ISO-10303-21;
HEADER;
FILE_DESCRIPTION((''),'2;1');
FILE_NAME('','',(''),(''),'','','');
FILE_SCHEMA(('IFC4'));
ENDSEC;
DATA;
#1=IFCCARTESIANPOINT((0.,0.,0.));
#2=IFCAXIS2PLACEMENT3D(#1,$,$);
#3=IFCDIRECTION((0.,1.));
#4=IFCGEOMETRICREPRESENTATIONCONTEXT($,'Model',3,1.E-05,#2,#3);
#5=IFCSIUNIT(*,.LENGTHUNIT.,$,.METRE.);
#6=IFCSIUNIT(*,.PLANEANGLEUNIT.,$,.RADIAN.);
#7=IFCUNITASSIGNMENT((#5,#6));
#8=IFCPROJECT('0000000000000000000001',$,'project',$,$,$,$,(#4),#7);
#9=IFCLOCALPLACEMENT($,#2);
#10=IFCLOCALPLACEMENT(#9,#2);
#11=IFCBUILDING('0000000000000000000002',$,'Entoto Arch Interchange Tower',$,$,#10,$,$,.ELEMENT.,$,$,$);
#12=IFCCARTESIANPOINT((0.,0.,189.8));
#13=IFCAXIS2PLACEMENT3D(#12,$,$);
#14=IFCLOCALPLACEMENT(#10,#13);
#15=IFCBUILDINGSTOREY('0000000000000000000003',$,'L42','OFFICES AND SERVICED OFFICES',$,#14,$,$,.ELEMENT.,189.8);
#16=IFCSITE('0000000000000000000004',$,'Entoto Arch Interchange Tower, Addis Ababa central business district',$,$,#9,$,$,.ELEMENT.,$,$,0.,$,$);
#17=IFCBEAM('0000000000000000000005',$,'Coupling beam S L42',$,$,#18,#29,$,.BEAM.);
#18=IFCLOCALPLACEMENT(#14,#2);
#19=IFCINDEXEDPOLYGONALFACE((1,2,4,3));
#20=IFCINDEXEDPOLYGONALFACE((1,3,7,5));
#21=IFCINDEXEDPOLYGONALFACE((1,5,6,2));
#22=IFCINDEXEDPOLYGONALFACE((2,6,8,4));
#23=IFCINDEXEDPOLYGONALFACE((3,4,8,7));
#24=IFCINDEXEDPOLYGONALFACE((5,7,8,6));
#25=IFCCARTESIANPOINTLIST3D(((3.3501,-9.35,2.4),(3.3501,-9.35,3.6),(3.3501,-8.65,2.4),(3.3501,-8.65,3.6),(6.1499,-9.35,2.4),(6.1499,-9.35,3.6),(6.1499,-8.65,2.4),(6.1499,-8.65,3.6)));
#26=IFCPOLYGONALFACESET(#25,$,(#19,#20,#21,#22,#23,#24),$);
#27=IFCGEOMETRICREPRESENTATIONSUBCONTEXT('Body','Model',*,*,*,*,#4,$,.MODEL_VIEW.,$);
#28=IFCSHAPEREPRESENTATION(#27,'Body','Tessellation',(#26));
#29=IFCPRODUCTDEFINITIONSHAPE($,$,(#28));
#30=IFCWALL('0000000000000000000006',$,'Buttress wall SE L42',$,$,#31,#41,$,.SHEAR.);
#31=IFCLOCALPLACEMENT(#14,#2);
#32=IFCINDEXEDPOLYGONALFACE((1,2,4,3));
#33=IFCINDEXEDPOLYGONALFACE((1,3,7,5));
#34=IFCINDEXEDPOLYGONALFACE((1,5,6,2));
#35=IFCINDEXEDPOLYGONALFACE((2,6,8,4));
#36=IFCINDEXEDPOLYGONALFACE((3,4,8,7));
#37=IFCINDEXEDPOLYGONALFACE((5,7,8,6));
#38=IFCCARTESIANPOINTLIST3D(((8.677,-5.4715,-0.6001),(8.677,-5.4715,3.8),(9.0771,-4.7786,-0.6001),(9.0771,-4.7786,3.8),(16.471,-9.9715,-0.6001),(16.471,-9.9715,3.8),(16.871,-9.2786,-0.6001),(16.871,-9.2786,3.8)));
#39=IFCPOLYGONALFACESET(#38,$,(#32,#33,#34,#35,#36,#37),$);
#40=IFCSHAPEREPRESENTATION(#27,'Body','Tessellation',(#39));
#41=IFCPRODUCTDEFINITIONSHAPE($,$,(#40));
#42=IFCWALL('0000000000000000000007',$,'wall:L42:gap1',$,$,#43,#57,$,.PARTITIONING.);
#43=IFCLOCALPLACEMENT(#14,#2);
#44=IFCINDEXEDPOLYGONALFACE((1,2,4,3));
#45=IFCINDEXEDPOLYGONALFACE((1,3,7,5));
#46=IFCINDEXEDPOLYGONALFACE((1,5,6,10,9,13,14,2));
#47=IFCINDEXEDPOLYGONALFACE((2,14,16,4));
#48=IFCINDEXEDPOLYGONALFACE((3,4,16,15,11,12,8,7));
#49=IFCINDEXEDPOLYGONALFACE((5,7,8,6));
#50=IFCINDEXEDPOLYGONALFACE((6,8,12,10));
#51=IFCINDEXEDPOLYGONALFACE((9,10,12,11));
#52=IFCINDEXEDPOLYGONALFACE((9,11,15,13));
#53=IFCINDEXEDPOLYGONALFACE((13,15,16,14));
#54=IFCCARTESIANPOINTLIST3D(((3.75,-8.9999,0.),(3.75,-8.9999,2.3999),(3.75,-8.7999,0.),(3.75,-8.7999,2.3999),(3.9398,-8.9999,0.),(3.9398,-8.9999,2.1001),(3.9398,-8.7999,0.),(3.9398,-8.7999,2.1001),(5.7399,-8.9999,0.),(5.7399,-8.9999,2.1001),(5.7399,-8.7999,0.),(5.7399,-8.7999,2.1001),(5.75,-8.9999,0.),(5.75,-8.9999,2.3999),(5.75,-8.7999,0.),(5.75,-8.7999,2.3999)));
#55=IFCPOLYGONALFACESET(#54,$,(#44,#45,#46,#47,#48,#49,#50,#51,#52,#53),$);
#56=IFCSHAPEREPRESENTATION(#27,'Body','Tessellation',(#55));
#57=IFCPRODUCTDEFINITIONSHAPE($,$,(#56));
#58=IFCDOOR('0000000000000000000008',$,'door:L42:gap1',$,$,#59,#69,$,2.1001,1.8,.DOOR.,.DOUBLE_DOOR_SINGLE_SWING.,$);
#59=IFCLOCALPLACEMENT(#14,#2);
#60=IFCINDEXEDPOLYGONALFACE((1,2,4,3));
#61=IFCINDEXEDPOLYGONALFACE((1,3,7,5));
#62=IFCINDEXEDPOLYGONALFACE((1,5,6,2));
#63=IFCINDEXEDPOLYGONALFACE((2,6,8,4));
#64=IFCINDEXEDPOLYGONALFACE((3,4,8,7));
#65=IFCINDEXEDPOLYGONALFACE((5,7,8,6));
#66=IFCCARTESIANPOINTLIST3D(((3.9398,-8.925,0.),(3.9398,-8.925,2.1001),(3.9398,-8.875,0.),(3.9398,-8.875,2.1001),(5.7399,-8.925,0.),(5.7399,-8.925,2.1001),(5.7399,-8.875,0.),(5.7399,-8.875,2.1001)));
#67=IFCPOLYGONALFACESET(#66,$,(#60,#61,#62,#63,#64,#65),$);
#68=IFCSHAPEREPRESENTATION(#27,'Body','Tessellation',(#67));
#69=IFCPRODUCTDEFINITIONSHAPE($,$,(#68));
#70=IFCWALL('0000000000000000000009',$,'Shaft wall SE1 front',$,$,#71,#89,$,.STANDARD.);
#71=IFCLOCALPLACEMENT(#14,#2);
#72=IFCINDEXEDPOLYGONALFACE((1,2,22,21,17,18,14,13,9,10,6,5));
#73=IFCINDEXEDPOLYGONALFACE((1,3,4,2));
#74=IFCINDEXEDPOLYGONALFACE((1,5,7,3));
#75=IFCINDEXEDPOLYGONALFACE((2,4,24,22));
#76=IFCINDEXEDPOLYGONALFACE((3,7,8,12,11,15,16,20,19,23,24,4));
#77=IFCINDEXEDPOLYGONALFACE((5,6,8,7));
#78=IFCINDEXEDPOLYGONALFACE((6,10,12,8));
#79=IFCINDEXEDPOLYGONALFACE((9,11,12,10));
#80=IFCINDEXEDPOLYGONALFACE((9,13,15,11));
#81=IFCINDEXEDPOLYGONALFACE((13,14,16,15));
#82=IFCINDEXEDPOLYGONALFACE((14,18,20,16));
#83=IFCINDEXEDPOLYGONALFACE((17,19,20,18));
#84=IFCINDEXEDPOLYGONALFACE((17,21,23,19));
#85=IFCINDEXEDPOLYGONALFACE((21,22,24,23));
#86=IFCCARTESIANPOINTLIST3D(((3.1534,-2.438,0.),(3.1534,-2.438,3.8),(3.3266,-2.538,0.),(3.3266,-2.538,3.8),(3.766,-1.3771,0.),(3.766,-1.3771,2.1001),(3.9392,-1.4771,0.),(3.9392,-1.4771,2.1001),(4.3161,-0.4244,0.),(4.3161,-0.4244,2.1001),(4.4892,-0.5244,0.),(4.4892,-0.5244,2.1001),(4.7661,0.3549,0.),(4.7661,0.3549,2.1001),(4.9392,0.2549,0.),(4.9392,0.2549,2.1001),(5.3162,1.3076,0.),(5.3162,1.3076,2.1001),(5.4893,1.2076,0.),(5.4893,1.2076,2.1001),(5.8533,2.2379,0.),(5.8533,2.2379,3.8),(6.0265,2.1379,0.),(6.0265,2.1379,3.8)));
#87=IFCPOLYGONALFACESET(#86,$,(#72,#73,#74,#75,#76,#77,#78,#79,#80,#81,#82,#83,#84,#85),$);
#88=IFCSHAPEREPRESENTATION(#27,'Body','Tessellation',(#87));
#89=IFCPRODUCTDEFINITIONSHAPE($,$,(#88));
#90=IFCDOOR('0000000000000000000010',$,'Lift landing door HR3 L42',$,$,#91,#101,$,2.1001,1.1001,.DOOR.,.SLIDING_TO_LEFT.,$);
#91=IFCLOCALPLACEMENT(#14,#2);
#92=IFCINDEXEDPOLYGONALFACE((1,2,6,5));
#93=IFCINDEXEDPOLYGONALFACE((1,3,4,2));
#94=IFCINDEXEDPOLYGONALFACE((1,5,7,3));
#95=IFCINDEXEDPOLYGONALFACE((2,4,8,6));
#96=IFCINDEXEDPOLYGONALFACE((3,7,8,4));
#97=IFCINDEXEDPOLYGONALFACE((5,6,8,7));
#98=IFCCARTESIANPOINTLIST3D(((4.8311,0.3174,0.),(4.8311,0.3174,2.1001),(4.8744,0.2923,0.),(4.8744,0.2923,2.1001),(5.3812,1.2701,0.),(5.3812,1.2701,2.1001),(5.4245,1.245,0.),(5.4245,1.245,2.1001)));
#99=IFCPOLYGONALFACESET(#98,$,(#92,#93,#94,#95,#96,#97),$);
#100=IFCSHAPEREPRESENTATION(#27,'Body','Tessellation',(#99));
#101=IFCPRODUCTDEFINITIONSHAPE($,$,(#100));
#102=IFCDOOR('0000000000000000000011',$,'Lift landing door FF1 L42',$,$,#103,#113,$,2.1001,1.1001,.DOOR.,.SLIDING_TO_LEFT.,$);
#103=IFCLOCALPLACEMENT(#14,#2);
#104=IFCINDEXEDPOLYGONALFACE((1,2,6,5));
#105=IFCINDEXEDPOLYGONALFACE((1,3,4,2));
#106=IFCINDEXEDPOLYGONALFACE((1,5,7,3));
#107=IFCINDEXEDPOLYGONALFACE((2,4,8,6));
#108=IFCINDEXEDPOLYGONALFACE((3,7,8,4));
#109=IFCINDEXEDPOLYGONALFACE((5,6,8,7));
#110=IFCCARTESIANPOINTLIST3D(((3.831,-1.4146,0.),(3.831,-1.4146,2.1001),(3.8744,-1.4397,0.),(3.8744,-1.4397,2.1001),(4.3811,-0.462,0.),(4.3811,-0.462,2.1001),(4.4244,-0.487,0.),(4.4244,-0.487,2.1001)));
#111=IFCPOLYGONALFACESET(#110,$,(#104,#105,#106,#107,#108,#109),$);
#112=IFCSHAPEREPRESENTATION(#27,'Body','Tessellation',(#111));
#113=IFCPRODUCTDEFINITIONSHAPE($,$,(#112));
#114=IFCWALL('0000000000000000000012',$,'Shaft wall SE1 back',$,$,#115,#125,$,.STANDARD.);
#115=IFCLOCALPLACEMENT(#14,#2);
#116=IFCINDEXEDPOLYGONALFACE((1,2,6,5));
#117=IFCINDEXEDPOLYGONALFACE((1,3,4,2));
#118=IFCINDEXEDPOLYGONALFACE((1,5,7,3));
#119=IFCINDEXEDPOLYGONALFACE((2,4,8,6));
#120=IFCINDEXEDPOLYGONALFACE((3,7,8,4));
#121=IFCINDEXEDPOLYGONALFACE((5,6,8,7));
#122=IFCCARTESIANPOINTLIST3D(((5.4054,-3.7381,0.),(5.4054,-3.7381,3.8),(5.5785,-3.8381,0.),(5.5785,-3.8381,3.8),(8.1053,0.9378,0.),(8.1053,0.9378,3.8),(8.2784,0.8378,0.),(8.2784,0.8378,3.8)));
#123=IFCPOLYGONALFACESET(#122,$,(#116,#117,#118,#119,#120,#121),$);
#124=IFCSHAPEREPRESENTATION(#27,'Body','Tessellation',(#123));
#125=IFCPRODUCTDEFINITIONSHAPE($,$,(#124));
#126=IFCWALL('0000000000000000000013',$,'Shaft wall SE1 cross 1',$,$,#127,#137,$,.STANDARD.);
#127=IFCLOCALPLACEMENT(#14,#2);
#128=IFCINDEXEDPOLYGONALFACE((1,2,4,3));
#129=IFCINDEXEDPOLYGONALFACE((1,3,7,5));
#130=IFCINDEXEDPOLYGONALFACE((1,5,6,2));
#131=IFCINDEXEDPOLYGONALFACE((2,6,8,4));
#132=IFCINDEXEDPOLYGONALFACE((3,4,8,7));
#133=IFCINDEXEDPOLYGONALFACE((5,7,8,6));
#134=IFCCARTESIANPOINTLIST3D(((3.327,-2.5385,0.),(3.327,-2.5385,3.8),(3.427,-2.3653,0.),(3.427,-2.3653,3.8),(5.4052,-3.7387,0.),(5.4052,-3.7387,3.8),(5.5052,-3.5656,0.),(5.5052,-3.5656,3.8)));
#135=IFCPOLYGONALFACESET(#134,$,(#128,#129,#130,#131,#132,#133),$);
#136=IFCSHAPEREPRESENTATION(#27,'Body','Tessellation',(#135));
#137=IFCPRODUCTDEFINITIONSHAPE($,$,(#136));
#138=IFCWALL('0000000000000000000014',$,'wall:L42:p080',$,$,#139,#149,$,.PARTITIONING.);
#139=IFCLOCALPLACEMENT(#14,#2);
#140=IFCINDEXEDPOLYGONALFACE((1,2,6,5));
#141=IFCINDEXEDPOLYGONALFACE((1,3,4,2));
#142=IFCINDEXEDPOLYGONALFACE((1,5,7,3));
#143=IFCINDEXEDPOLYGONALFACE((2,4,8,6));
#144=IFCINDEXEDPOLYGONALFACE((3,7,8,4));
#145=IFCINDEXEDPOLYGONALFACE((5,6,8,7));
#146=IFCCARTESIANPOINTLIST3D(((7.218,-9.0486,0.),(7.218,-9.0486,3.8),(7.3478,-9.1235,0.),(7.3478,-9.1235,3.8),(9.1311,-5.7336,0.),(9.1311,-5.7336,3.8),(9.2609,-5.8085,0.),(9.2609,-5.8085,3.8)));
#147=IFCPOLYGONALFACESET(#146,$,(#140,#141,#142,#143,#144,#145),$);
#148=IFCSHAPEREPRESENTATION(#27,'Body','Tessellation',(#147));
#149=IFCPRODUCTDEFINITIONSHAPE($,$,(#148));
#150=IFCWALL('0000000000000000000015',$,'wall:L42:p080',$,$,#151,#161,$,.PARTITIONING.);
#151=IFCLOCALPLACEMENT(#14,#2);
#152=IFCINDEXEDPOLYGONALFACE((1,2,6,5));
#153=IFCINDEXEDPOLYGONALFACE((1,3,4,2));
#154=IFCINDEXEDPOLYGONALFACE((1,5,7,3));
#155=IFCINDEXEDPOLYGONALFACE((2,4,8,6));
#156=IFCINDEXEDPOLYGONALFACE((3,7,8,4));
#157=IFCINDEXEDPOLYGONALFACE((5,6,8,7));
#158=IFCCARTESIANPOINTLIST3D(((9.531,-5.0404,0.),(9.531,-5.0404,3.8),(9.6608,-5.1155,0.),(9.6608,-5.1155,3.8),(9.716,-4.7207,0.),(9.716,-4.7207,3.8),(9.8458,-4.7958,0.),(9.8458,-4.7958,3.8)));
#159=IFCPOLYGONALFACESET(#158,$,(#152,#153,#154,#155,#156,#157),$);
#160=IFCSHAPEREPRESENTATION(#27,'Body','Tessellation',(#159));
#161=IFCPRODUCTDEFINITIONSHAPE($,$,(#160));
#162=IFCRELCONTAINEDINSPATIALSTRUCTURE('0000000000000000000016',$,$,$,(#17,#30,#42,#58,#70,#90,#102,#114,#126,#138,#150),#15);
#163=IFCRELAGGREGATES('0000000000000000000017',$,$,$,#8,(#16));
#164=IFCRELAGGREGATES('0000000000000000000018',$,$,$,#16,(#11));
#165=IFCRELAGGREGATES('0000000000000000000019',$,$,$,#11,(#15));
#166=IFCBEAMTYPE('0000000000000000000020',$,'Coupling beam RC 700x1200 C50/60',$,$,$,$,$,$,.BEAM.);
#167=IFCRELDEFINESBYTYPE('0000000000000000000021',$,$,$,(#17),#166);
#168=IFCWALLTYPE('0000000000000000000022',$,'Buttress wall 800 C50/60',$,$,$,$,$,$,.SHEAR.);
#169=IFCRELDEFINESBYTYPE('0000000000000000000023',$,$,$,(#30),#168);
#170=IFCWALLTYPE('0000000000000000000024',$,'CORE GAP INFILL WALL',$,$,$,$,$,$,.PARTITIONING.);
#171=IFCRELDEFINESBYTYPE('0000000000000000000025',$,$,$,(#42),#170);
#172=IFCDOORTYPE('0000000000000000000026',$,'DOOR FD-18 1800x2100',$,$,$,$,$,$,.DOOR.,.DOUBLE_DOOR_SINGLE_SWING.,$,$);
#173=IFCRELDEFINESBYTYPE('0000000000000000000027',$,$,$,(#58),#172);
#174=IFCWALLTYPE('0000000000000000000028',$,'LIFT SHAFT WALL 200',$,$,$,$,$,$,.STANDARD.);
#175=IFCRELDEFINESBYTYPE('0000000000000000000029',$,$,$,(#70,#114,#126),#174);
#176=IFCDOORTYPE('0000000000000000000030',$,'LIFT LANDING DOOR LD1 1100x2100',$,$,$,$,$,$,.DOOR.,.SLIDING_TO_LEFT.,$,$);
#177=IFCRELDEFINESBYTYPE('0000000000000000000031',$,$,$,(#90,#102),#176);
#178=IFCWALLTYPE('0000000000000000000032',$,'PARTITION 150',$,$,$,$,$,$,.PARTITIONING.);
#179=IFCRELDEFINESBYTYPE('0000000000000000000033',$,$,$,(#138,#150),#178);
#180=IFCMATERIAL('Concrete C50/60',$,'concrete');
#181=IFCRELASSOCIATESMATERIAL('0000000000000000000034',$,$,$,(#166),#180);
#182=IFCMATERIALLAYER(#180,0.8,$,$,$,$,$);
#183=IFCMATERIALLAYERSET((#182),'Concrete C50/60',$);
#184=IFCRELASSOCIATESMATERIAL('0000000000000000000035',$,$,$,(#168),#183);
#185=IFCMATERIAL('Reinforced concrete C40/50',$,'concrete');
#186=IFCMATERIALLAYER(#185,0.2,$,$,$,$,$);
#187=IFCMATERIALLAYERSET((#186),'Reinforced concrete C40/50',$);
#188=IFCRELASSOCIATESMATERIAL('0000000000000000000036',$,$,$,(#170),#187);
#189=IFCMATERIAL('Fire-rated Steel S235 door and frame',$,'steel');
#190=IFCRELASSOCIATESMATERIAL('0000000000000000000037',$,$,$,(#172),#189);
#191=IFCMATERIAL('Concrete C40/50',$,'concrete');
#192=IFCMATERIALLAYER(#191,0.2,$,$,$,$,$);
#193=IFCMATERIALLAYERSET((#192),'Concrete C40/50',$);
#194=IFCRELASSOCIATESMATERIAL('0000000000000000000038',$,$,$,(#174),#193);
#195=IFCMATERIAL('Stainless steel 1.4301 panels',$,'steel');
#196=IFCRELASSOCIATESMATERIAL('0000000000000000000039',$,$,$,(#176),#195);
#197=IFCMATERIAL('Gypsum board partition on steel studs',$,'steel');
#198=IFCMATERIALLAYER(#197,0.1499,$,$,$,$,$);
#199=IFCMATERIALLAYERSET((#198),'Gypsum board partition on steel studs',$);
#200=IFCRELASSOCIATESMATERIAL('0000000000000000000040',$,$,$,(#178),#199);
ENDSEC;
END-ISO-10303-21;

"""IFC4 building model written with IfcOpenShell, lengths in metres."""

from ifc_helpers import new_model, si_unit, direction, frame, frame_2d, origin, origin_2d, place, context, subcontext, project, spatial, rectangle, extrude, material, layer, layer_set, material_profile, profile_set, type_object, element, fill, save


model = new_model("IFC4")

# Units and contexts
model_context = context("Model", 3, precision=1e-05, world=origin(), true_north=direction((0.0, 1.0)))
body_context = subcontext(model_context, "Body", "Model", "MODEL_VIEW")
ifc_project = project(units=[si_unit("LENGTHUNIT", "METRE"), si_unit("PLANEANGLEUNIT", "RADIAN")], contexts=[model_context])

# Site, building, storey
site_placement = place(None, origin())
site = spatial("IfcSite", under=ifc_project, at=site_placement, Name="Entoto Arch Interchange Tower, Addis Ababa central business district", CompositionType="ELEMENT", RefElevation=0.0)
building_placement = place(site_placement, origin())
building = spatial("IfcBuilding", under=site, at=building_placement, Name="Entoto Arch Interchange Tower", CompositionType="ELEMENT")
storey_placement = place(building_placement, frame((0.0, 0.0, 189.8)))
storey = spatial("IfcBuildingStorey", under=building, at=storey_placement, Name="L42", Description="OFFICES AND SERVICED OFFICES", CompositionType="ELEMENT", Elevation=189.8)

# Beam
ifc_material_1 = material(Name="Concrete C50/60", Category="concrete")
ifc_material_profile = material_profile(ifc_material_1, rectangle(XDim=0.7, YDim=1.2, at=origin_2d()))
ifc_profile_set = profile_set([ifc_material_profile], Name="Concrete C50/60")
beam_type = type_object("IfcBeamType", Name="Coupling beam RC 700x1200 C50/60", PredefinedType="BEAM", material=ifc_profile_set)
beam_placement = place(storey_placement, frame((3.3501, -9.0, 3.0), z_axis=(1.0, 0.0, 0.0), x_axis=(0.0, 1.0, 0.0)))
element("IfcBeam", 1, at=beam_placement, inside=storey, type_object=beam_type, Name="Coupling beam S L42", PredefinedType="BEAM", context=body_context, shape_type="SweptSolid", body=[
    extrude(rectangle(XDim=0.7, YDim=1.2, at=origin_2d()), origin(), (0.0, 0.0, 1.0), 2.7998),
])

# Wall
ifc_layer_1 = layer(ifc_material_1, 0.8)
ifc_layer_set_1 = layer_set([ifc_layer_1], Name="Concrete C50/60")
wall_type_1 = type_object("IfcWallType", Name="Buttress wall 800 C50/60", PredefinedType="SHEAR", material=ifc_layer_set_1)
wall_1_placement = place(storey_placement, frame((8.877, -5.125, -0.6001), z_axis=(0.0, 0.0, 1.0), x_axis=(0.866018, -0.500014, 0.0)))
element("IfcWall", 2, at=wall_1_placement, inside=storey, type_object=wall_type_1, Name="Buttress wall SE L42", PredefinedType="SHEAR", context=body_context, shape_type="SweptSolid", body=[
    extrude(rectangle(XDim=8.9998, YDim=0.8, at=frame_2d((4.5, 0.0))), origin(), (0.0, 0.0, 1.0), 4.4001),
])

# Wall, opening, door
ifc_material_2 = material(Name="Reinforced concrete C40/50", Category="concrete")
ifc_layer_2 = layer(ifc_material_2, 0.2)
ifc_layer_set_2 = layer_set([ifc_layer_2], Name="Reinforced concrete C40/50")
wall_type_2 = type_object("IfcWallType", Name="CORE GAP INFILL WALL", PredefinedType="PARTITIONING", material=ifc_layer_set_2)
wall_2_placement = place(storey_placement, frame((3.75, -8.8999, 0.0), z_axis=(0.0, 0.0, 1.0), x_axis=(1.0, 0.0, 0.0)))
wall_2 = element("IfcWall", 3, at=wall_2_placement, inside=storey, type_object=wall_type_2, Name="wall:L42:gap1", PredefinedType="PARTITIONING", context=body_context, shape_type="SweptSolid", body=[
    extrude(rectangle(XDim=2.0, YDim=0.2, at=frame_2d((1.0, 0.0))), origin(), (0.0, 0.0, 1.0), 2.3999),
])
opening_1_placement = place(wall_2_placement, frame((0.1899, 0.0, 0.0)))
opening_1 = element("IfcOpeningElement", 4, at=opening_1_placement, cuts=wall_2, PredefinedType="OPENING", context=body_context, shape_type="SweptSolid", body=[
    extrude(rectangle(XDim=1.8, YDim=2.1001, at=frame_2d((0.8999, 1.05))), frame((0.0, 0.1099, 0.0), z_axis=(0.0, -1.0, 0.0), x_axis=(1.0, 0.0, 0.0)), (0.0, 0.0, 1.0), 0.22),
])
ifc_material_3 = material(Name="Fire-rated Steel S235 door and frame", Category="steel")
door_type_1 = type_object("IfcDoorType", Name="DOOR FD-18 1800x2100", OperationType="DOUBLE_DOOR_SINGLE_SWING", PredefinedType="DOOR", material=ifc_material_3)
door_1_placement = place(opening_1_placement, origin())
door_1 = element("IfcDoor", 5, at=door_1_placement, inside=storey, type_object=door_type_1, Name="door:L42:gap1", OperationType="DOUBLE_DOOR_SINGLE_SWING", OverallHeight=2.1001, OverallWidth=1.8, PredefinedType="DOOR", context=body_context, shape_type="SweptSolid", body=[
    extrude(rectangle(XDim=1.8, YDim=2.1001, at=frame_2d((0.8999, 1.05))), frame((0.0, 0.0249, 0.0), z_axis=(0.0, -1.0, 0.0), x_axis=(1.0, 0.0, 0.0)), (0.0, 0.0, 1.0), 0.05),
])
fill(opening_1, door_1)

# Wall, openings, doors
ifc_material_4 = material(Name="Concrete C40/50", Category="concrete")
ifc_layer_3 = layer(ifc_material_4, 0.2)
ifc_layer_set_3 = layer_set([ifc_layer_3], Name="Concrete C40/50")
wall_type_3 = type_object("IfcWallType", Name="LIFT SHAFT WALL 200", PredefinedType="STANDARD", material=ifc_layer_set_3)
wall_3_placement = place(storey_placement, frame((3.24, -2.488, 0.0), z_axis=(0.0, 0.0, 1.0), x_axis=(0.500034, 0.866006, 0.0)))
wall_3 = element("IfcWall", 6, at=wall_3_placement, inside=storey, type_object=wall_type_3, Name="Shaft wall SE1 front", PredefinedType="STANDARD", context=body_context, shape_type="SweptSolid", body=[
    extrude(rectangle(XDim=5.3994, YDim=0.2, at=frame_2d((2.6997, 0.0))), origin(), (0.0, 0.0, 1.0), 3.8),
])
opening_2_placement = place(wall_3_placement, frame((3.2251, 0.0, 0.0)))
opening_2 = element("IfcOpeningElement", 7, at=opening_2_placement, cuts=wall_3, PredefinedType="OPENING", context=body_context, shape_type="SweptSolid", body=[
    extrude(rectangle(XDim=1.1001, YDim=2.1001, at=frame_2d((0.55, 1.05))), frame((0.0, 0.1099, 0.0), z_axis=(0.0, -1.0, 0.0), x_axis=(1.0, 0.0, 0.0)), (0.0, 0.0, 1.0), 0.22),
])
opening_3_placement = place(wall_3_placement, frame((1.2251, 0.0, 0.0)))
opening_3 = element("IfcOpeningElement", 8, at=opening_3_placement, cuts=wall_3, PredefinedType="OPENING", context=body_context, shape_type="SweptSolid", body=[
    extrude(rectangle(XDim=1.1001, YDim=2.1001, at=frame_2d((0.55, 1.05))), frame((0.0, 0.1099, 0.0), z_axis=(0.0, -1.0, 0.0), x_axis=(1.0, 0.0, 0.0)), (0.0, 0.0, 1.0), 0.22),
])
ifc_material_5 = material(Name="Stainless steel 1.4301 panels", Category="steel")
door_type_2 = type_object("IfcDoorType", Name="LIFT LANDING DOOR LD1 1100x2100", OperationType="SLIDING_TO_LEFT", PredefinedType="DOOR", material=ifc_material_5)
door_2_placement = place(opening_2_placement, origin())
door_2 = element("IfcDoor", 9, at=door_2_placement, inside=storey, type_object=door_type_2, Name="Lift landing door HR3 L42", OperationType="SLIDING_TO_LEFT", OverallHeight=2.1001, OverallWidth=1.1001, PredefinedType="DOOR", context=body_context, shape_type="SweptSolid", body=[
    extrude(rectangle(XDim=1.1001, YDim=2.1001, at=frame_2d((0.55, 1.05))), frame((0.0, 0.0249, 0.0), z_axis=(0.0, -1.0, 0.0), x_axis=(1.0, 0.0, 0.0)), (0.0, 0.0, 1.0), 0.05),
])
fill(opening_2, door_2)
door_3_placement = place(opening_3_placement, origin())
door_3 = element("IfcDoor", 10, at=door_3_placement, inside=storey, type_object=door_type_2, Name="Lift landing door FF1 L42", OperationType="SLIDING_TO_LEFT", OverallHeight=2.1001, OverallWidth=1.1001, PredefinedType="DOOR", context=body_context, shape_type="SweptSolid", body=[
    extrude(rectangle(XDim=1.1001, YDim=2.1001, at=frame_2d((0.55, 1.05))), frame((0.0, 0.0249, 0.0), z_axis=(0.0, -1.0, 0.0), x_axis=(1.0, 0.0, 0.0)), (0.0, 0.0, 1.0), 0.05),
])
fill(opening_3, door_3)

# Walls
wall_4_placement = place(storey_placement, frame((5.4919, -3.7881, 0.0), z_axis=(0.0, 0.0, 1.0), x_axis=(0.500034, 0.866006, 0.0)))
element("IfcWall", 11, at=wall_4_placement, inside=storey, type_object=wall_type_3, Name="Shaft wall SE1 back", PredefinedType="STANDARD", context=body_context, shape_type="SweptSolid", body=[
    extrude(rectangle(XDim=5.3994, YDim=0.2, at=frame_2d((2.6997, 0.0))), origin(), (0.0, 0.0, 1.0), 3.8),
])
wall_5_placement = place(storey_placement, frame((3.377, -2.4519, 0.0), z_axis=(0.0, 0.0, 1.0), x_axis=(0.865955, -0.500122, 0.0)))
element("IfcWall", 12, at=wall_5_placement, inside=storey, type_object=wall_type_3, Name="Shaft wall SE1 cross 1", PredefinedType="STANDARD", context=body_context, shape_type="SweptSolid", body=[
    extrude(rectangle(XDim=2.3999, YDim=0.2, at=frame_2d((1.2, 0.0))), origin(), (0.0, 0.0, 1.0), 3.8),
])
ifc_material_6 = material(Name="Gypsum board partition on steel studs", Category="steel")
ifc_layer_4 = layer(ifc_material_6, 0.1499)
ifc_layer_set_4 = layer_set([ifc_layer_4], Name="Gypsum board partition on steel studs")
wall_type_4 = type_object("IfcWallType", Name="PARTITION 150", PredefinedType="PARTITIONING", material=ifc_layer_set_4)
wall_6_placement = place(storey_placement, frame((7.283, -9.0859, 0.0), z_axis=(0.0, 0.0, 1.0), x_axis=(0.499844, 0.866115, 0.0)))
element("IfcWall", 13, at=wall_6_placement, inside=storey, type_object=wall_type_4, Name="wall:L42:p080", PredefinedType="PARTITIONING", context=body_context, shape_type="SweptSolid", body=[
    extrude(rectangle(XDim=3.8274, YDim=0.1499, at=frame_2d((1.9136, 0.0))), origin(), (0.0, 0.0, 1.0), 3.8),
])
wall_7_placement = place(storey_placement, frame((9.5959, -5.0779, 0.0), z_axis=(0.0, 0.0, 1.0), x_axis=(0.500828, 0.865547, 0.0)))
element("IfcWall", 14, at=wall_7_placement, inside=storey, type_object=wall_type_4, Name="wall:L42:p080", PredefinedType="PARTITIONING", context=body_context, shape_type="SweptSolid", body=[
    extrude(rectangle(XDim=0.3694, YDim=0.1499, at=frame_2d((0.1846, 0.0))), origin(), (0.0, 0.0, 1.0), 3.8),
])

save(model, "model.ifc")
